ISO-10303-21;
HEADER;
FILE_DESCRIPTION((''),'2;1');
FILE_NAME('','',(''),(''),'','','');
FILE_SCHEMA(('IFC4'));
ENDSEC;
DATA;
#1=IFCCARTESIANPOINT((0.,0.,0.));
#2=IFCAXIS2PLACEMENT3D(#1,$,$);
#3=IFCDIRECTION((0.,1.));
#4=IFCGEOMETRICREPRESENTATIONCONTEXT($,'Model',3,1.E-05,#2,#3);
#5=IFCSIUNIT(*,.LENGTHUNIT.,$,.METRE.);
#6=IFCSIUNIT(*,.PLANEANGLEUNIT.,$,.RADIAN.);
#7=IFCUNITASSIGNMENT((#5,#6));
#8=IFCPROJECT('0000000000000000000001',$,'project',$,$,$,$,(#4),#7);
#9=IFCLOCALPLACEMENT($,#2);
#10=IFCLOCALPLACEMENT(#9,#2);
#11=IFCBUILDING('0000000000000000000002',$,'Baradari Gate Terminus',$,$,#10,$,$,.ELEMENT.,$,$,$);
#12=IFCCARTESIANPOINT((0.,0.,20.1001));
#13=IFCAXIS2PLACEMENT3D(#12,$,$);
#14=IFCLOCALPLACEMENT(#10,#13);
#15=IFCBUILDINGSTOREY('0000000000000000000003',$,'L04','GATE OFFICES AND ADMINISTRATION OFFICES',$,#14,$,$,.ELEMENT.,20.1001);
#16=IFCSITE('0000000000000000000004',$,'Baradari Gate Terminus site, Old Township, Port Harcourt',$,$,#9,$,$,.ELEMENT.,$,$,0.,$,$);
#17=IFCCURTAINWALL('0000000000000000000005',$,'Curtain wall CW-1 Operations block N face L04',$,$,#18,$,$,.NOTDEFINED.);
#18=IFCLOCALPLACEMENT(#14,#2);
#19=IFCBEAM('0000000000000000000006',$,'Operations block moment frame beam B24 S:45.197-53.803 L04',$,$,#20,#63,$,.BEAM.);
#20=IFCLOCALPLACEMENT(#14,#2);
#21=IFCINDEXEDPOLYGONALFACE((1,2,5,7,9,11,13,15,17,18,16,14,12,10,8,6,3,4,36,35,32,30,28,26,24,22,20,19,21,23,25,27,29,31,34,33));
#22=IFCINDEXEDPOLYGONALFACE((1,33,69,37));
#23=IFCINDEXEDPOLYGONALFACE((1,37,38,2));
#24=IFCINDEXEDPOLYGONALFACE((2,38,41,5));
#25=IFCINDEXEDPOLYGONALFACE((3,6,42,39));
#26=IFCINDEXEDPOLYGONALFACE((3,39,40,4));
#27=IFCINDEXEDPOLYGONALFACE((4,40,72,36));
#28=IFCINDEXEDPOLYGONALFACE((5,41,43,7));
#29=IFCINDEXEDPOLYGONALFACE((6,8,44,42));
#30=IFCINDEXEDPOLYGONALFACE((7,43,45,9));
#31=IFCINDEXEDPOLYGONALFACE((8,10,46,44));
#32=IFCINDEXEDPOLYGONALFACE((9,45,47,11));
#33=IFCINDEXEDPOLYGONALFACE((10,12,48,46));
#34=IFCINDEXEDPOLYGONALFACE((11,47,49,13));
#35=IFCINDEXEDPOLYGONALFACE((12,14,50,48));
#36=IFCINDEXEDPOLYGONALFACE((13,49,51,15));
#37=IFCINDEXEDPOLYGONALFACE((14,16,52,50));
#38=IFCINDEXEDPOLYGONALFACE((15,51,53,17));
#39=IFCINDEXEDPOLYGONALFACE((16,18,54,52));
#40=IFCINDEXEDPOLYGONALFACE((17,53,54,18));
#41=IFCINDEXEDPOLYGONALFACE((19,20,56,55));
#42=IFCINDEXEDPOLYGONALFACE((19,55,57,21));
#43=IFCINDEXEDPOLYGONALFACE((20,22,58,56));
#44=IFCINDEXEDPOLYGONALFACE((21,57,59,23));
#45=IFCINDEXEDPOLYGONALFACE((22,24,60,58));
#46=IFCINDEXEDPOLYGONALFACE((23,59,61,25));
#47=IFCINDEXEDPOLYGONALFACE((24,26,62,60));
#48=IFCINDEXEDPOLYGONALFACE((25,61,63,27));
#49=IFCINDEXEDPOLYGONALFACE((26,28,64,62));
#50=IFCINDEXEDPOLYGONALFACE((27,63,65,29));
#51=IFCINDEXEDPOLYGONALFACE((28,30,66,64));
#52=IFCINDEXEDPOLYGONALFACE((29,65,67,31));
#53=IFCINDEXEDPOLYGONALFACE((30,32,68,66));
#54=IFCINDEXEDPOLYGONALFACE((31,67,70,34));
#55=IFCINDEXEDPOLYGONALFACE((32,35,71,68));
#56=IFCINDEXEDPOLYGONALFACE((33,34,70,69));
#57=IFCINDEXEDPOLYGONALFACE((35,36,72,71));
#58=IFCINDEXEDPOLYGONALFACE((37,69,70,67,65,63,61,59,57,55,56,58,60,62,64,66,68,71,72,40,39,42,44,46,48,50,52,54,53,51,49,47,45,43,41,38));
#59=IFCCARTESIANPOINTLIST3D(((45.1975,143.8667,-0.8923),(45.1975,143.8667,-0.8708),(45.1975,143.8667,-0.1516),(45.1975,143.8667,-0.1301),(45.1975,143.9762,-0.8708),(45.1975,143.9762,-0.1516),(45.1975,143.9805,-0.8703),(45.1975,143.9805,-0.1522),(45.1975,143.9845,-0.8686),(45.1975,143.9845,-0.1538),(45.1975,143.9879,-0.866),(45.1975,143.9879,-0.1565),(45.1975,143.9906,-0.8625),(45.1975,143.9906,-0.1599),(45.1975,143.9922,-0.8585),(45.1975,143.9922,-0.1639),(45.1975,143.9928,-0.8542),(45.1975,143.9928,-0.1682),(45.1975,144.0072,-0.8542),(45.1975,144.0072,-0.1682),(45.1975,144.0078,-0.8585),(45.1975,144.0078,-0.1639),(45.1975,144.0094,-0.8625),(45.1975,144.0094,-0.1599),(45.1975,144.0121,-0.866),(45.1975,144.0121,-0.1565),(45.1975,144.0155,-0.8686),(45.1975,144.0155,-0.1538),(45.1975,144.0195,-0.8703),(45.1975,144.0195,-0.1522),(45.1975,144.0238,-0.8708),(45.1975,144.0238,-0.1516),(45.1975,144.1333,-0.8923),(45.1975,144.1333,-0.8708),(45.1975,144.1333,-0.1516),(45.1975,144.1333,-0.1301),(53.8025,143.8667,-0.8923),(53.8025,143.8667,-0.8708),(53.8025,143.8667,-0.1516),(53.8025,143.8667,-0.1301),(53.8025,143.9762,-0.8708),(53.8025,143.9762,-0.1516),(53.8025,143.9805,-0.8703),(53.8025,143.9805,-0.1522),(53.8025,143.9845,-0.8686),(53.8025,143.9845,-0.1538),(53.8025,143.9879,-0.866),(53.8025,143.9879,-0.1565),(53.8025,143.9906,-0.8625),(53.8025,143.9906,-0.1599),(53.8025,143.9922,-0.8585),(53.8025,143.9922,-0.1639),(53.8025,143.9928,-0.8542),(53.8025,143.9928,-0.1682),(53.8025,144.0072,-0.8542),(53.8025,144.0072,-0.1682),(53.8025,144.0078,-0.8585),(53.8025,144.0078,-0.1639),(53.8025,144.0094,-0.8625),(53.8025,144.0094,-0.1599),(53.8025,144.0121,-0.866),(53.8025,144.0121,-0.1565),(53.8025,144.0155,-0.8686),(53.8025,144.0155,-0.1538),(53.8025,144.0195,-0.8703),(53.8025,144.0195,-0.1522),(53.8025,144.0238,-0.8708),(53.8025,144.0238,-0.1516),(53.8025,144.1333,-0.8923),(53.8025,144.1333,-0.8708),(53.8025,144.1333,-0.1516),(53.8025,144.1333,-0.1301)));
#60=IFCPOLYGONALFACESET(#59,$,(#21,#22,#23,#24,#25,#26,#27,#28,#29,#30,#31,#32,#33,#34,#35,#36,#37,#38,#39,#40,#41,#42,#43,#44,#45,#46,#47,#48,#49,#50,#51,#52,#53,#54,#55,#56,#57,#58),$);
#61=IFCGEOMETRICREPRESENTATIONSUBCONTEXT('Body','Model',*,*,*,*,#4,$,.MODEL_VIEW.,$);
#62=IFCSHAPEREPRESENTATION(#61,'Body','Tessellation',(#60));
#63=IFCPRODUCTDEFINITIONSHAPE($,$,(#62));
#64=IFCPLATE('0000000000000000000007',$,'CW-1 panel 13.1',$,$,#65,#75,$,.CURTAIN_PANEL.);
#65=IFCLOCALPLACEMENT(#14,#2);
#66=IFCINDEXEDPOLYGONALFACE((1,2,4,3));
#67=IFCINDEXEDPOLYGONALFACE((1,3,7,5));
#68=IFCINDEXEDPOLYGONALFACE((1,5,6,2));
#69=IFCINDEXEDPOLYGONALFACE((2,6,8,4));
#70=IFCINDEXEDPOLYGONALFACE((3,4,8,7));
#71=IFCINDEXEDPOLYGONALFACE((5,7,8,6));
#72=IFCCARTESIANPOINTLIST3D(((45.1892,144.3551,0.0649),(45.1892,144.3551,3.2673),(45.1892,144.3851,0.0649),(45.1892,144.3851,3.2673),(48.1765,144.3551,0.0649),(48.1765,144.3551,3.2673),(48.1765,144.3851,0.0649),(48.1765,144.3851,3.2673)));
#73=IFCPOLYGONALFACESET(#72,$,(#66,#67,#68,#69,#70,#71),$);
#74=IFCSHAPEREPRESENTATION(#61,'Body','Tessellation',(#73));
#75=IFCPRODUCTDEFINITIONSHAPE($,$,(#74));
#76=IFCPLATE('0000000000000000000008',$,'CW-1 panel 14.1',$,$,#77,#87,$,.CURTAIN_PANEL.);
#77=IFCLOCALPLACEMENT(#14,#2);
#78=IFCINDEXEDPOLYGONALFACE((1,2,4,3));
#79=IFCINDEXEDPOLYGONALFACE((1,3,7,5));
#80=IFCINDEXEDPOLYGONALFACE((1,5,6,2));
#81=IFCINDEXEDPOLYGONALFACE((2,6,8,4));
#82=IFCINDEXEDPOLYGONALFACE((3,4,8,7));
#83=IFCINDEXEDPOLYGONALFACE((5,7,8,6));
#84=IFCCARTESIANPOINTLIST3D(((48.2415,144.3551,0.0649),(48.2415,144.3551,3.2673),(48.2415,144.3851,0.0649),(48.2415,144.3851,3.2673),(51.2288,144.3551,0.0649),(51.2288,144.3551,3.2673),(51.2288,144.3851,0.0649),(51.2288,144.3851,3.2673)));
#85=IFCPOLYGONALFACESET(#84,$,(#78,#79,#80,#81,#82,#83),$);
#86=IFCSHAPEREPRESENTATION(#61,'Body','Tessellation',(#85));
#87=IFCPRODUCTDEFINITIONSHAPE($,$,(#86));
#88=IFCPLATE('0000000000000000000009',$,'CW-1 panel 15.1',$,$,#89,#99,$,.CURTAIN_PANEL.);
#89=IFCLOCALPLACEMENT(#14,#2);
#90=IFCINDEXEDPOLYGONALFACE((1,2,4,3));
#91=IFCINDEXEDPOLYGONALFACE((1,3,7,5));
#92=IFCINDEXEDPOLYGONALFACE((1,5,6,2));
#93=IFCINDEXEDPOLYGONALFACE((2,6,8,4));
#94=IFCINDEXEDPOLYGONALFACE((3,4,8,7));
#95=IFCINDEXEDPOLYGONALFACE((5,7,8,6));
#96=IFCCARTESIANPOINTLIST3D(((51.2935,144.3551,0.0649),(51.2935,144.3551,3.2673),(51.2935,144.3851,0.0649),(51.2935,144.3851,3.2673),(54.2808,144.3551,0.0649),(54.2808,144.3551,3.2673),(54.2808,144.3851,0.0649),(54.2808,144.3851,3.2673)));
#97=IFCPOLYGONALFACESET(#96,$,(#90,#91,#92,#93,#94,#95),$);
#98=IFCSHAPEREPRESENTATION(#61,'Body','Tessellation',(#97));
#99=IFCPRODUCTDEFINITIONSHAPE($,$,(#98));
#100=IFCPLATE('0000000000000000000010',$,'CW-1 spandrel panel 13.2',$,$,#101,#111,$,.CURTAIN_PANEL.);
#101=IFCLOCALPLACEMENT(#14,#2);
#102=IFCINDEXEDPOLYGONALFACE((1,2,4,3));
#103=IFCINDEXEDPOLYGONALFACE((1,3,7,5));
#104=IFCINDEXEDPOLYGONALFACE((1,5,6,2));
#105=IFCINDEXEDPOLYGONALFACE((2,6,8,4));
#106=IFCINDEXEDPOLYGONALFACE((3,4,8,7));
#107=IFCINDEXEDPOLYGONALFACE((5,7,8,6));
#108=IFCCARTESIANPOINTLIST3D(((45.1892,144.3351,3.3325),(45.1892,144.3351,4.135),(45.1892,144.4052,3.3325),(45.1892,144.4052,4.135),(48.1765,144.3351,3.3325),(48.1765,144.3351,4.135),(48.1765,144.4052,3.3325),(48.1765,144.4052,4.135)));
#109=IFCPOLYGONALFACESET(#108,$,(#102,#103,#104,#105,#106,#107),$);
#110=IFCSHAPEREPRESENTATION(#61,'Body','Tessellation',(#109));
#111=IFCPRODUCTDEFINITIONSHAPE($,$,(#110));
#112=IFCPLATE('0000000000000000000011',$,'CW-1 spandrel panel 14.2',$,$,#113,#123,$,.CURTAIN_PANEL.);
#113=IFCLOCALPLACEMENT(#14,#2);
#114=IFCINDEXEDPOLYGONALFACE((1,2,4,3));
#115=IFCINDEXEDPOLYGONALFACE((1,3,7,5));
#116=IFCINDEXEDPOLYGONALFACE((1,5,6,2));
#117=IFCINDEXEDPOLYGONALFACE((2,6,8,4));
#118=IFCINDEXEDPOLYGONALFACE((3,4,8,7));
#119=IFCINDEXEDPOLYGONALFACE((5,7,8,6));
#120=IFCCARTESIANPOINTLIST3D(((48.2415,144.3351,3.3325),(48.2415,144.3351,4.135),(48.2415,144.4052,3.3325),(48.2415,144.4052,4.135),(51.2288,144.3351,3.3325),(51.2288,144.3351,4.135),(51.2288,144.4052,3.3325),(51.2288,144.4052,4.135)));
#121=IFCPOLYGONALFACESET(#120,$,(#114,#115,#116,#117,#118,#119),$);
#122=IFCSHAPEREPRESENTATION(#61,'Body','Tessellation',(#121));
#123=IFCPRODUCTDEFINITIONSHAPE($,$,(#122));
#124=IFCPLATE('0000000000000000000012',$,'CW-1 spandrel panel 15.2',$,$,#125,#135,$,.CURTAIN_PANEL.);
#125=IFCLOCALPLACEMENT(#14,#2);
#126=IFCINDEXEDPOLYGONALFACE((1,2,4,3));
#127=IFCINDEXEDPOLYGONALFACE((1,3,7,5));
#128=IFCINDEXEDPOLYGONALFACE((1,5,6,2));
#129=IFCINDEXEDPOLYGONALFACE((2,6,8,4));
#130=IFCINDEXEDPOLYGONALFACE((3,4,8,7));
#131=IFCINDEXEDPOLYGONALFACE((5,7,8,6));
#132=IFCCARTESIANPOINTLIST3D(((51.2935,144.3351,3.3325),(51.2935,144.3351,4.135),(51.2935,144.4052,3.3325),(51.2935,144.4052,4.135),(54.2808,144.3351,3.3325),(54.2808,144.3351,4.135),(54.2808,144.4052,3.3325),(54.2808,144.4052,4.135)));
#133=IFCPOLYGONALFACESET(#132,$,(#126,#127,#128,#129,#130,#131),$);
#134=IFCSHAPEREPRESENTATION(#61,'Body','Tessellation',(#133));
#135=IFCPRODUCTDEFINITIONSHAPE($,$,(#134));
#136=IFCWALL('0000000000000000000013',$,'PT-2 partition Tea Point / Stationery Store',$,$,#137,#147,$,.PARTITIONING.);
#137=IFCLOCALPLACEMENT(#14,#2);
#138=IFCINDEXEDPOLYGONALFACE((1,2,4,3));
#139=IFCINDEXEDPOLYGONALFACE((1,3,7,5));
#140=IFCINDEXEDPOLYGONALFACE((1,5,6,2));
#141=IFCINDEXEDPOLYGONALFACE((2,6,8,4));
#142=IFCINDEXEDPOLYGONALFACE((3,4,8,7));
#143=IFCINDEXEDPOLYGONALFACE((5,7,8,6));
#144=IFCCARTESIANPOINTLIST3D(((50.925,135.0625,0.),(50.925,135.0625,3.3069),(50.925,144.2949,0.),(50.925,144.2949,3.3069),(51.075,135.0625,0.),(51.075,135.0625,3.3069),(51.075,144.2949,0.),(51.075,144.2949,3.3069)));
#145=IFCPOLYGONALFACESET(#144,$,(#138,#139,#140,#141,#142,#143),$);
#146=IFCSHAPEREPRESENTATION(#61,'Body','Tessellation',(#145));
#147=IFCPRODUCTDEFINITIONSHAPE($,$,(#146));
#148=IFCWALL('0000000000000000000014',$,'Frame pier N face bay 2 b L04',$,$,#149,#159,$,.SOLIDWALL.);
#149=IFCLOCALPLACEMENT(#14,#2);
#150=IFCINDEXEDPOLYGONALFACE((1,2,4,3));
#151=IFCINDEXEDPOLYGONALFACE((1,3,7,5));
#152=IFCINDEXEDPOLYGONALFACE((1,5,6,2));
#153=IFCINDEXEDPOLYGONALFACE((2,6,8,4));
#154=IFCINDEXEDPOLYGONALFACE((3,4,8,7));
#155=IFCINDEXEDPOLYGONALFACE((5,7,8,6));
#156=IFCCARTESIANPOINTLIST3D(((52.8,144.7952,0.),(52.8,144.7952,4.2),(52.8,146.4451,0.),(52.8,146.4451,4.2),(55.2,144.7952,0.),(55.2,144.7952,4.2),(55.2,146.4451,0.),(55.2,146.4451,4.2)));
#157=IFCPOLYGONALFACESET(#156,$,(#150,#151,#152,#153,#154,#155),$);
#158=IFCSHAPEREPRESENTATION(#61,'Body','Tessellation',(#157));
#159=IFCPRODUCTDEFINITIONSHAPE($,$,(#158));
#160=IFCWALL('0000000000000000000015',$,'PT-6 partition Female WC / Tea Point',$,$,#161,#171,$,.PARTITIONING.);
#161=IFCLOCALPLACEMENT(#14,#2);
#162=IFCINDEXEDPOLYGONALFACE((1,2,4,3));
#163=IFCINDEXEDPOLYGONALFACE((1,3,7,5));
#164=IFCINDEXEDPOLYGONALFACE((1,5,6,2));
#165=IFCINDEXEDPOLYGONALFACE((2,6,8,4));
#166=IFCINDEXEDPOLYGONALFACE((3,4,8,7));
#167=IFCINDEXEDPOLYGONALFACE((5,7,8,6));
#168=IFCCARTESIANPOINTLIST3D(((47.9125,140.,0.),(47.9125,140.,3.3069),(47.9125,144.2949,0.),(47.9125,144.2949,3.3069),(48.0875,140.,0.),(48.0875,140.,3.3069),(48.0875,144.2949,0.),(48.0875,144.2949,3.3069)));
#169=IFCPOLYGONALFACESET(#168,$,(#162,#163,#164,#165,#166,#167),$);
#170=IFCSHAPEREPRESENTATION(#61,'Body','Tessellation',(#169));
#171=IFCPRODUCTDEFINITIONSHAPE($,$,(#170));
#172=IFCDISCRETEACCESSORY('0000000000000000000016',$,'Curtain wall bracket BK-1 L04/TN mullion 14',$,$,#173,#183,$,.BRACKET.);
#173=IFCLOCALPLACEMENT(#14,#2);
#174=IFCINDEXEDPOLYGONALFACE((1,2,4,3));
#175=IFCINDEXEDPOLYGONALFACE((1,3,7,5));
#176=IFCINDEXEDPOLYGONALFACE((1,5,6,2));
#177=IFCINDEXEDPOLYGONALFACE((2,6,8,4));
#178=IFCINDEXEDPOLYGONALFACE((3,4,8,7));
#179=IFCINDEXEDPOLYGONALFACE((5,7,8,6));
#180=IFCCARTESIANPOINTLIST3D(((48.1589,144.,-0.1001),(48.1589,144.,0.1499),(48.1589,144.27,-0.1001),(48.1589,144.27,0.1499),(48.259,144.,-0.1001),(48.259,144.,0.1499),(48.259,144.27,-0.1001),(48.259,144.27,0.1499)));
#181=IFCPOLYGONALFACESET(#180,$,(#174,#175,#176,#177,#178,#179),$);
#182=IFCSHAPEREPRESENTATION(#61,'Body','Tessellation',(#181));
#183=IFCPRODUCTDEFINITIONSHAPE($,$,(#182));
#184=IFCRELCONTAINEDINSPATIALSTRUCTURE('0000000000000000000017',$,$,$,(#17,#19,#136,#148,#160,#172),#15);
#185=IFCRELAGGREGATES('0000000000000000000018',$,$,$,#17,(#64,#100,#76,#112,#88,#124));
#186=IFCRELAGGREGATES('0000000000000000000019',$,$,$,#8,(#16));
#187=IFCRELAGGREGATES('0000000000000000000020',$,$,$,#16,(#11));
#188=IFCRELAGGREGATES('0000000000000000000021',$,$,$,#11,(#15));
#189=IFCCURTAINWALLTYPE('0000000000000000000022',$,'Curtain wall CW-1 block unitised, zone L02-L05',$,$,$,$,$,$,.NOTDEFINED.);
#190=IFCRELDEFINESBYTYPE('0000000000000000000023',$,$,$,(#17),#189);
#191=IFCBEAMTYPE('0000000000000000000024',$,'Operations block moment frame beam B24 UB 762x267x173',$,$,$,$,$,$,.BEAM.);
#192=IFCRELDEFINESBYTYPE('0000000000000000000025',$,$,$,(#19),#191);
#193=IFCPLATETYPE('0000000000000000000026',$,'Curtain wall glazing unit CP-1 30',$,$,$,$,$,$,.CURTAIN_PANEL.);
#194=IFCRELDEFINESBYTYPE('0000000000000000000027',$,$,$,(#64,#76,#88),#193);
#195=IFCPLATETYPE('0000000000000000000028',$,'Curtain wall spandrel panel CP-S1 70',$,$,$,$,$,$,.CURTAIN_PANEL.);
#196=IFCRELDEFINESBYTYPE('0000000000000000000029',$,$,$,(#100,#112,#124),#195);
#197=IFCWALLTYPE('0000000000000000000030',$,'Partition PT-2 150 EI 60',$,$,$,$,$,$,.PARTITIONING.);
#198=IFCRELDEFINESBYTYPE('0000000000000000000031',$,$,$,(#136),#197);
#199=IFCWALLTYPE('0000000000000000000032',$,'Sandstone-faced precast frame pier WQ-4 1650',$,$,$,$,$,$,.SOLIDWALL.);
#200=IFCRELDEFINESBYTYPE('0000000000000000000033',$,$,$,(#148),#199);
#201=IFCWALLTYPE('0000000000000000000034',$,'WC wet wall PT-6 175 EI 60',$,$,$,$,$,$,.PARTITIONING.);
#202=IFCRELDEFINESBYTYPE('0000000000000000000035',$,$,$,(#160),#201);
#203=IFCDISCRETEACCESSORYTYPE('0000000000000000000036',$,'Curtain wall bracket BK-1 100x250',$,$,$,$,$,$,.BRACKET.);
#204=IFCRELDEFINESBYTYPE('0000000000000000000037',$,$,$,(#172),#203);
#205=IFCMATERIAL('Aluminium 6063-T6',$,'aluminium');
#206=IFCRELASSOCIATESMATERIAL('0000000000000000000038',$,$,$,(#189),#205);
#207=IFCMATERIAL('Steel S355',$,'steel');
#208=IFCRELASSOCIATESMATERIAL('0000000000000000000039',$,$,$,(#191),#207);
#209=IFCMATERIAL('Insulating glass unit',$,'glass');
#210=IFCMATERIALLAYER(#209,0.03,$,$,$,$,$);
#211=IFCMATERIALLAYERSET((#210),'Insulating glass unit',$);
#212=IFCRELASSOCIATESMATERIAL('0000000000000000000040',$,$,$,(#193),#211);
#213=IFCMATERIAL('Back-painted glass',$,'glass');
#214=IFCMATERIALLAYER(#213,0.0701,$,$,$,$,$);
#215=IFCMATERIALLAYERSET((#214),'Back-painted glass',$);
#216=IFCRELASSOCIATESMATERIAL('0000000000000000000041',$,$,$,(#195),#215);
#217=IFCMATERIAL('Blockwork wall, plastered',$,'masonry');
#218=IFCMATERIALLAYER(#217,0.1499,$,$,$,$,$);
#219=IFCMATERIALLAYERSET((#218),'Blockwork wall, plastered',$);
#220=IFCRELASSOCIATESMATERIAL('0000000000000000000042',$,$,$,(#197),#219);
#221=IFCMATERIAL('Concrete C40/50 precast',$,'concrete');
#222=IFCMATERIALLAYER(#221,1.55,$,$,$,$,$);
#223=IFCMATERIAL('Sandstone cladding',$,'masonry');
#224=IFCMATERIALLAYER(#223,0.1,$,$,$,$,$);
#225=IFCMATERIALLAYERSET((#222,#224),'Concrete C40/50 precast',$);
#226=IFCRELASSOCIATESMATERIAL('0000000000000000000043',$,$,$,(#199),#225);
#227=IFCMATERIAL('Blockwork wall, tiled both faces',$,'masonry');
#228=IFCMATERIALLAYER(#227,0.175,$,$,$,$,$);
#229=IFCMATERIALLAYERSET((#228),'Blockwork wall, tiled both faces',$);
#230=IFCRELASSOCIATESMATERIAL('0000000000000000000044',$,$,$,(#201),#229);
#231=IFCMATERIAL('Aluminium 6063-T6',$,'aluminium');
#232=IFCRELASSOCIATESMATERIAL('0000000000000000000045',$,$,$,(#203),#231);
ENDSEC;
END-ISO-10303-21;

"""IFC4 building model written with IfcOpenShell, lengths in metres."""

from ifc_helpers import new_model, si_unit, direction, frame, frame_2d, origin, origin_2d, place, context, subcontext, project, spatial, rectangle, i_section, extrude, material, layer, layer_set, material_profile, profile_set, type_object, element, aggregate, save


model = new_model("IFC4")

# Units and contexts
model_context = context("Model", 3, precision=1e-05, world=origin(), true_north=direction((0.0, 1.0)))
body_context = subcontext(model_context, "Body", "Model", "MODEL_VIEW")
ifc_project = project(units=[si_unit("LENGTHUNIT", "METRE"), si_unit("PLANEANGLEUNIT", "RADIAN")], contexts=[model_context])

# Site, building, storey
site_placement = place(None, origin())
site = spatial("IfcSite", under=ifc_project, at=site_placement, Name="Baradari Gate Terminus site, Old Township, Port Harcourt", CompositionType="ELEMENT", RefElevation=0.0)
building_placement = place(site_placement, origin())
building = spatial("IfcBuilding", under=site, at=building_placement, Name="Baradari Gate Terminus", CompositionType="ELEMENT")
storey_placement = place(building_placement, frame((0.0, 0.0, 20.1001)))
storey = spatial("IfcBuildingStorey", under=building, at=storey_placement, Name="L04", Description="GATE OFFICES AND ADMINISTRATION OFFICES", CompositionType="ELEMENT", Elevation=20.1001)

# Curtain wall
ifc_material_1 = material(Name="Aluminium 6063-T6", Category="aluminium")
curtain_wall_type = type_object("IfcCurtainWallType", Name="Curtain wall CW-1 block unitised, zone L02-L05", PredefinedType="NOTDEFINED", material=ifc_material_1)
curtain_wall_placement = place(storey_placement, origin())
curtain_wall = element("IfcCurtainWall", 1, at=curtain_wall_placement, inside=storey, type_object=curtain_wall_type, Name="Curtain wall CW-1 Operations block N face L04", PredefinedType="NOTDEFINED")

# Beam
ifc_material_2 = material(Name="Steel S355", Category="steel")
ifc_material_profile_1 = material_profile(ifc_material_2, i_section(OverallWidth=0.2666, OverallDepth=0.7622, WebThickness=0.0144, FlangeThickness=0.0215, FilletRadius=0.0166, at=origin_2d()), Name="UB 762x267x173")
ifc_profile_set_1 = profile_set([ifc_material_profile_1], Name="Steel S355")
beam_type = type_object("IfcBeamType", Name="Operations block moment frame beam B24 UB 762x267x173", PredefinedType="BEAM", material=ifc_profile_set_1)
beam_placement = place(storey_placement, frame((45.1975, 144.0, -0.5112), z_axis=(1.0, 0.0, 0.0), x_axis=(0.0, 1.0, 0.0)))
element("IfcBeam", 2, at=beam_placement, inside=storey, type_object=beam_type, Name="Operations block moment frame beam B24 S:45.197-53.803 L04", PredefinedType="BEAM", context=body_context, shape_type="SweptSolid", body=[
    extrude(i_section(OverallWidth=0.2666, OverallDepth=0.7622, WebThickness=0.0144, FlangeThickness=0.0215, FilletRadius=0.0166, at=origin_2d()), origin(), (0.0, 0.0, 1.0), 8.605),
])

# Plates
ifc_material_3 = material(Name="Insulating glass unit", Category="glass")
ifc_layer_1 = layer(ifc_material_3, 0.03)
ifc_layer_set_1 = layer_set([ifc_layer_1], Name="Insulating glass unit")
plate_type_1 = type_object("IfcPlateType", Name="Curtain wall glazing unit CP-1 30", PredefinedType="CURTAIN_PANEL", material=ifc_layer_set_1)
plate_1_placement = place(storey_placement, frame((46.6829, 144.3701, 0.0649), z_axis=(0.0, 0.0, 1.0), x_axis=(1.0, 0.0, 0.0)))
plate_1 = element("IfcPlate", 3, at=plate_1_placement, type_object=plate_type_1, Name="CW-1 panel 13.1", PredefinedType="CURTAIN_PANEL", context=body_context, shape_type="SweptSolid", body=[
    extrude(rectangle(XDim=2.9873, YDim=0.03, at=origin_2d()), origin(), (0.0, 0.0, 1.0), 3.2024),
])
plate_2_placement = place(storey_placement, frame((49.7351, 144.3701, 0.0649), z_axis=(0.0, 0.0, 1.0), x_axis=(1.0, 0.0, 0.0)))
plate_2 = element("IfcPlate", 4, at=plate_2_placement, type_object=plate_type_1, Name="CW-1 panel 14.1", PredefinedType="CURTAIN_PANEL", context=body_context, shape_type="SweptSolid", body=[
    extrude(rectangle(XDim=2.9873, YDim=0.03, at=origin_2d()), origin(), (0.0, 0.0, 1.0), 3.2024),
])
plate_3_placement = place(storey_placement, frame((52.7871, 144.3701, 0.0649), z_axis=(0.0, 0.0, 1.0), x_axis=(1.0, 0.0, 0.0)))
plate_3 = element("IfcPlate", 5, at=plate_3_placement, type_object=plate_type_1, Name="CW-1 panel 15.1", PredefinedType="CURTAIN_PANEL", context=body_context, shape_type="SweptSolid", body=[
    extrude(rectangle(XDim=2.9873, YDim=0.03, at=origin_2d()), origin(), (0.0, 0.0, 1.0), 3.2024),
])
ifc_material_4 = material(Name="Back-painted glass", Category="glass")
ifc_layer_2 = layer(ifc_material_4, 0.0701)
ifc_layer_set_2 = layer_set([ifc_layer_2], Name="Back-painted glass")
plate_type_2 = type_object("IfcPlateType", Name="Curtain wall spandrel panel CP-S1 70", PredefinedType="CURTAIN_PANEL", material=ifc_layer_set_2)
plate_4_placement = place(storey_placement, frame((46.6829, 144.3701, 3.3325), z_axis=(0.0, 0.0, 1.0), x_axis=(1.0, 0.0, 0.0)))
plate_4 = element("IfcPlate", 6, at=plate_4_placement, type_object=plate_type_2, Name="CW-1 spandrel panel 13.2", PredefinedType="CURTAIN_PANEL", context=body_context, shape_type="SweptSolid", body=[
    extrude(rectangle(XDim=2.9873, YDim=0.0701, at=origin_2d()), origin(), (0.0, 0.0, 1.0), 0.8025),
])
plate_5_placement = place(storey_placement, frame((49.7351, 144.3701, 3.3325), z_axis=(0.0, 0.0, 1.0), x_axis=(1.0, 0.0, 0.0)))
plate_5 = element("IfcPlate", 7, at=plate_5_placement, type_object=plate_type_2, Name="CW-1 spandrel panel 14.2", PredefinedType="CURTAIN_PANEL", context=body_context, shape_type="SweptSolid", body=[
    extrude(rectangle(XDim=2.9873, YDim=0.0701, at=origin_2d()), origin(), (0.0, 0.0, 1.0), 0.8025),
])
plate_6_placement = place(storey_placement, frame((52.7871, 144.3701, 3.3325), z_axis=(0.0, 0.0, 1.0), x_axis=(1.0, 0.0, 0.0)))
plate_6 = element("IfcPlate", 8, at=plate_6_placement, type_object=plate_type_2, Name="CW-1 spandrel panel 15.2", PredefinedType="CURTAIN_PANEL", context=body_context, shape_type="SweptSolid", body=[
    extrude(rectangle(XDim=2.9873, YDim=0.0701, at=origin_2d()), origin(), (0.0, 0.0, 1.0), 0.8025),
])
aggregate(curtain_wall, [plate_1, plate_4, plate_2, plate_5, plate_3, plate_6])

# Walls
ifc_material_5 = material(Name="Blockwork wall, plastered", Category="masonry")
ifc_layer_3 = layer(ifc_material_5, 0.1499)
ifc_layer_set_3 = layer_set([ifc_layer_3], Name="Blockwork wall, plastered")
wall_type_1 = type_object("IfcWallType", Name="Partition PT-2 150 EI 60", PredefinedType="PARTITIONING", material=ifc_layer_set_3)
wall_1_placement = place(storey_placement, frame((51.0, 144.2949, 0.0), z_axis=(0.0, 0.0, 1.0), x_axis=(0.0, -1.0, 0.0)))
element("IfcWall", 9, at=wall_1_placement, inside=storey, type_object=wall_type_1, Name="PT-2 partition Tea Point / Stationery Store", PredefinedType="PARTITIONING", context=body_context, shape_type="SweptSolid", body=[
    extrude(rectangle(XDim=9.2324, YDim=0.1499, at=frame_2d((4.6162, 0.0))), origin(), (0.0, 0.0, 1.0), 3.3069),
])
ifc_material_6 = material(Name="Concrete C40/50 precast", Category="concrete")
ifc_layer_4 = layer(ifc_material_6, 1.55)
ifc_material_7 = material(Name="Sandstone cladding", Category="masonry")
ifc_layer_5 = layer(ifc_material_7, 0.1)
ifc_layer_set_4 = layer_set([ifc_layer_4, ifc_layer_5], Name="Concrete C40/50 precast")
wall_type_2 = type_object("IfcWallType", Name="Sandstone-faced precast frame pier WQ-4 1650", PredefinedType="SOLIDWALL", material=ifc_layer_set_4)
wall_2_placement = place(storey_placement, frame((52.8, 145.6201, 0.0), z_axis=(0.0, 0.0, 1.0), x_axis=(1.0, 0.0, 0.0)))
element("IfcWall", 10, at=wall_2_placement, inside=storey, type_object=wall_type_2, Name="Frame pier N face bay 2 b L04", PredefinedType="SOLIDWALL", context=body_context, shape_type="SweptSolid", body=[
    extrude(rectangle(XDim=2.3999, YDim=1.6499, at=frame_2d((1.2, 0.0))), origin(), (0.0, 0.0, 1.0), 4.2),
])
ifc_material_8 = material(Name="Blockwork wall, tiled both faces", Category="masonry")
ifc_layer_6 = layer(ifc_material_8, 0.175)
ifc_layer_set_5 = layer_set([ifc_layer_6], Name="Blockwork wall, tiled both faces")
wall_type_3 = type_object("IfcWallType", Name="WC wet wall PT-6 175 EI 60", PredefinedType="PARTITIONING", material=ifc_layer_set_5)
wall_3_placement = place(storey_placement, frame((48.0, 144.2949, 0.0), z_axis=(0.0, 0.0, 1.0), x_axis=(0.0, -1.0, 0.0)))
element("IfcWall", 11, at=wall_3_placement, inside=storey, type_object=wall_type_3, Name="PT-6 partition Female WC / Tea Point", PredefinedType="PARTITIONING", context=body_context, shape_type="SweptSolid", body=[
    extrude(rectangle(XDim=4.2949, YDim=0.175, at=frame_2d((2.1475, 0.0))), origin(), (0.0, 0.0, 1.0), 3.3069),
])

# Discrete accessory
ifc_material_9 = material(Name="Aluminium 6063-T6", Category="aluminium")
discrete_accessory_type = type_object("IfcDiscreteAccessoryType", Name="Curtain wall bracket BK-1 100x250", PredefinedType="BRACKET", material=ifc_material_9)
for number, where, z_axis, x_axis, name in (
    (12, (48.209, 144.135, -0.1001), (0.0, 0.0, 1.0), (0.0, 1.0, 0.0), "Curtain wall bracket BK-1 L04/TN mullion 14"),
):
    element("IfcDiscreteAccessory", number, at=place(storey_placement, frame(where, z_axis=z_axis, x_axis=x_axis)), inside=storey, type_object=discrete_accessory_type, Name=name, PredefinedType="BRACKET", context=body_context, shape_type="SweptSolid", body=[
        extrude(rectangle(XDim=0.27, YDim=0.1001, at=origin_2d()), origin(), (0.0, 0.0, 1.0), 0.25),
    ])

save(model, "model.ifc")
